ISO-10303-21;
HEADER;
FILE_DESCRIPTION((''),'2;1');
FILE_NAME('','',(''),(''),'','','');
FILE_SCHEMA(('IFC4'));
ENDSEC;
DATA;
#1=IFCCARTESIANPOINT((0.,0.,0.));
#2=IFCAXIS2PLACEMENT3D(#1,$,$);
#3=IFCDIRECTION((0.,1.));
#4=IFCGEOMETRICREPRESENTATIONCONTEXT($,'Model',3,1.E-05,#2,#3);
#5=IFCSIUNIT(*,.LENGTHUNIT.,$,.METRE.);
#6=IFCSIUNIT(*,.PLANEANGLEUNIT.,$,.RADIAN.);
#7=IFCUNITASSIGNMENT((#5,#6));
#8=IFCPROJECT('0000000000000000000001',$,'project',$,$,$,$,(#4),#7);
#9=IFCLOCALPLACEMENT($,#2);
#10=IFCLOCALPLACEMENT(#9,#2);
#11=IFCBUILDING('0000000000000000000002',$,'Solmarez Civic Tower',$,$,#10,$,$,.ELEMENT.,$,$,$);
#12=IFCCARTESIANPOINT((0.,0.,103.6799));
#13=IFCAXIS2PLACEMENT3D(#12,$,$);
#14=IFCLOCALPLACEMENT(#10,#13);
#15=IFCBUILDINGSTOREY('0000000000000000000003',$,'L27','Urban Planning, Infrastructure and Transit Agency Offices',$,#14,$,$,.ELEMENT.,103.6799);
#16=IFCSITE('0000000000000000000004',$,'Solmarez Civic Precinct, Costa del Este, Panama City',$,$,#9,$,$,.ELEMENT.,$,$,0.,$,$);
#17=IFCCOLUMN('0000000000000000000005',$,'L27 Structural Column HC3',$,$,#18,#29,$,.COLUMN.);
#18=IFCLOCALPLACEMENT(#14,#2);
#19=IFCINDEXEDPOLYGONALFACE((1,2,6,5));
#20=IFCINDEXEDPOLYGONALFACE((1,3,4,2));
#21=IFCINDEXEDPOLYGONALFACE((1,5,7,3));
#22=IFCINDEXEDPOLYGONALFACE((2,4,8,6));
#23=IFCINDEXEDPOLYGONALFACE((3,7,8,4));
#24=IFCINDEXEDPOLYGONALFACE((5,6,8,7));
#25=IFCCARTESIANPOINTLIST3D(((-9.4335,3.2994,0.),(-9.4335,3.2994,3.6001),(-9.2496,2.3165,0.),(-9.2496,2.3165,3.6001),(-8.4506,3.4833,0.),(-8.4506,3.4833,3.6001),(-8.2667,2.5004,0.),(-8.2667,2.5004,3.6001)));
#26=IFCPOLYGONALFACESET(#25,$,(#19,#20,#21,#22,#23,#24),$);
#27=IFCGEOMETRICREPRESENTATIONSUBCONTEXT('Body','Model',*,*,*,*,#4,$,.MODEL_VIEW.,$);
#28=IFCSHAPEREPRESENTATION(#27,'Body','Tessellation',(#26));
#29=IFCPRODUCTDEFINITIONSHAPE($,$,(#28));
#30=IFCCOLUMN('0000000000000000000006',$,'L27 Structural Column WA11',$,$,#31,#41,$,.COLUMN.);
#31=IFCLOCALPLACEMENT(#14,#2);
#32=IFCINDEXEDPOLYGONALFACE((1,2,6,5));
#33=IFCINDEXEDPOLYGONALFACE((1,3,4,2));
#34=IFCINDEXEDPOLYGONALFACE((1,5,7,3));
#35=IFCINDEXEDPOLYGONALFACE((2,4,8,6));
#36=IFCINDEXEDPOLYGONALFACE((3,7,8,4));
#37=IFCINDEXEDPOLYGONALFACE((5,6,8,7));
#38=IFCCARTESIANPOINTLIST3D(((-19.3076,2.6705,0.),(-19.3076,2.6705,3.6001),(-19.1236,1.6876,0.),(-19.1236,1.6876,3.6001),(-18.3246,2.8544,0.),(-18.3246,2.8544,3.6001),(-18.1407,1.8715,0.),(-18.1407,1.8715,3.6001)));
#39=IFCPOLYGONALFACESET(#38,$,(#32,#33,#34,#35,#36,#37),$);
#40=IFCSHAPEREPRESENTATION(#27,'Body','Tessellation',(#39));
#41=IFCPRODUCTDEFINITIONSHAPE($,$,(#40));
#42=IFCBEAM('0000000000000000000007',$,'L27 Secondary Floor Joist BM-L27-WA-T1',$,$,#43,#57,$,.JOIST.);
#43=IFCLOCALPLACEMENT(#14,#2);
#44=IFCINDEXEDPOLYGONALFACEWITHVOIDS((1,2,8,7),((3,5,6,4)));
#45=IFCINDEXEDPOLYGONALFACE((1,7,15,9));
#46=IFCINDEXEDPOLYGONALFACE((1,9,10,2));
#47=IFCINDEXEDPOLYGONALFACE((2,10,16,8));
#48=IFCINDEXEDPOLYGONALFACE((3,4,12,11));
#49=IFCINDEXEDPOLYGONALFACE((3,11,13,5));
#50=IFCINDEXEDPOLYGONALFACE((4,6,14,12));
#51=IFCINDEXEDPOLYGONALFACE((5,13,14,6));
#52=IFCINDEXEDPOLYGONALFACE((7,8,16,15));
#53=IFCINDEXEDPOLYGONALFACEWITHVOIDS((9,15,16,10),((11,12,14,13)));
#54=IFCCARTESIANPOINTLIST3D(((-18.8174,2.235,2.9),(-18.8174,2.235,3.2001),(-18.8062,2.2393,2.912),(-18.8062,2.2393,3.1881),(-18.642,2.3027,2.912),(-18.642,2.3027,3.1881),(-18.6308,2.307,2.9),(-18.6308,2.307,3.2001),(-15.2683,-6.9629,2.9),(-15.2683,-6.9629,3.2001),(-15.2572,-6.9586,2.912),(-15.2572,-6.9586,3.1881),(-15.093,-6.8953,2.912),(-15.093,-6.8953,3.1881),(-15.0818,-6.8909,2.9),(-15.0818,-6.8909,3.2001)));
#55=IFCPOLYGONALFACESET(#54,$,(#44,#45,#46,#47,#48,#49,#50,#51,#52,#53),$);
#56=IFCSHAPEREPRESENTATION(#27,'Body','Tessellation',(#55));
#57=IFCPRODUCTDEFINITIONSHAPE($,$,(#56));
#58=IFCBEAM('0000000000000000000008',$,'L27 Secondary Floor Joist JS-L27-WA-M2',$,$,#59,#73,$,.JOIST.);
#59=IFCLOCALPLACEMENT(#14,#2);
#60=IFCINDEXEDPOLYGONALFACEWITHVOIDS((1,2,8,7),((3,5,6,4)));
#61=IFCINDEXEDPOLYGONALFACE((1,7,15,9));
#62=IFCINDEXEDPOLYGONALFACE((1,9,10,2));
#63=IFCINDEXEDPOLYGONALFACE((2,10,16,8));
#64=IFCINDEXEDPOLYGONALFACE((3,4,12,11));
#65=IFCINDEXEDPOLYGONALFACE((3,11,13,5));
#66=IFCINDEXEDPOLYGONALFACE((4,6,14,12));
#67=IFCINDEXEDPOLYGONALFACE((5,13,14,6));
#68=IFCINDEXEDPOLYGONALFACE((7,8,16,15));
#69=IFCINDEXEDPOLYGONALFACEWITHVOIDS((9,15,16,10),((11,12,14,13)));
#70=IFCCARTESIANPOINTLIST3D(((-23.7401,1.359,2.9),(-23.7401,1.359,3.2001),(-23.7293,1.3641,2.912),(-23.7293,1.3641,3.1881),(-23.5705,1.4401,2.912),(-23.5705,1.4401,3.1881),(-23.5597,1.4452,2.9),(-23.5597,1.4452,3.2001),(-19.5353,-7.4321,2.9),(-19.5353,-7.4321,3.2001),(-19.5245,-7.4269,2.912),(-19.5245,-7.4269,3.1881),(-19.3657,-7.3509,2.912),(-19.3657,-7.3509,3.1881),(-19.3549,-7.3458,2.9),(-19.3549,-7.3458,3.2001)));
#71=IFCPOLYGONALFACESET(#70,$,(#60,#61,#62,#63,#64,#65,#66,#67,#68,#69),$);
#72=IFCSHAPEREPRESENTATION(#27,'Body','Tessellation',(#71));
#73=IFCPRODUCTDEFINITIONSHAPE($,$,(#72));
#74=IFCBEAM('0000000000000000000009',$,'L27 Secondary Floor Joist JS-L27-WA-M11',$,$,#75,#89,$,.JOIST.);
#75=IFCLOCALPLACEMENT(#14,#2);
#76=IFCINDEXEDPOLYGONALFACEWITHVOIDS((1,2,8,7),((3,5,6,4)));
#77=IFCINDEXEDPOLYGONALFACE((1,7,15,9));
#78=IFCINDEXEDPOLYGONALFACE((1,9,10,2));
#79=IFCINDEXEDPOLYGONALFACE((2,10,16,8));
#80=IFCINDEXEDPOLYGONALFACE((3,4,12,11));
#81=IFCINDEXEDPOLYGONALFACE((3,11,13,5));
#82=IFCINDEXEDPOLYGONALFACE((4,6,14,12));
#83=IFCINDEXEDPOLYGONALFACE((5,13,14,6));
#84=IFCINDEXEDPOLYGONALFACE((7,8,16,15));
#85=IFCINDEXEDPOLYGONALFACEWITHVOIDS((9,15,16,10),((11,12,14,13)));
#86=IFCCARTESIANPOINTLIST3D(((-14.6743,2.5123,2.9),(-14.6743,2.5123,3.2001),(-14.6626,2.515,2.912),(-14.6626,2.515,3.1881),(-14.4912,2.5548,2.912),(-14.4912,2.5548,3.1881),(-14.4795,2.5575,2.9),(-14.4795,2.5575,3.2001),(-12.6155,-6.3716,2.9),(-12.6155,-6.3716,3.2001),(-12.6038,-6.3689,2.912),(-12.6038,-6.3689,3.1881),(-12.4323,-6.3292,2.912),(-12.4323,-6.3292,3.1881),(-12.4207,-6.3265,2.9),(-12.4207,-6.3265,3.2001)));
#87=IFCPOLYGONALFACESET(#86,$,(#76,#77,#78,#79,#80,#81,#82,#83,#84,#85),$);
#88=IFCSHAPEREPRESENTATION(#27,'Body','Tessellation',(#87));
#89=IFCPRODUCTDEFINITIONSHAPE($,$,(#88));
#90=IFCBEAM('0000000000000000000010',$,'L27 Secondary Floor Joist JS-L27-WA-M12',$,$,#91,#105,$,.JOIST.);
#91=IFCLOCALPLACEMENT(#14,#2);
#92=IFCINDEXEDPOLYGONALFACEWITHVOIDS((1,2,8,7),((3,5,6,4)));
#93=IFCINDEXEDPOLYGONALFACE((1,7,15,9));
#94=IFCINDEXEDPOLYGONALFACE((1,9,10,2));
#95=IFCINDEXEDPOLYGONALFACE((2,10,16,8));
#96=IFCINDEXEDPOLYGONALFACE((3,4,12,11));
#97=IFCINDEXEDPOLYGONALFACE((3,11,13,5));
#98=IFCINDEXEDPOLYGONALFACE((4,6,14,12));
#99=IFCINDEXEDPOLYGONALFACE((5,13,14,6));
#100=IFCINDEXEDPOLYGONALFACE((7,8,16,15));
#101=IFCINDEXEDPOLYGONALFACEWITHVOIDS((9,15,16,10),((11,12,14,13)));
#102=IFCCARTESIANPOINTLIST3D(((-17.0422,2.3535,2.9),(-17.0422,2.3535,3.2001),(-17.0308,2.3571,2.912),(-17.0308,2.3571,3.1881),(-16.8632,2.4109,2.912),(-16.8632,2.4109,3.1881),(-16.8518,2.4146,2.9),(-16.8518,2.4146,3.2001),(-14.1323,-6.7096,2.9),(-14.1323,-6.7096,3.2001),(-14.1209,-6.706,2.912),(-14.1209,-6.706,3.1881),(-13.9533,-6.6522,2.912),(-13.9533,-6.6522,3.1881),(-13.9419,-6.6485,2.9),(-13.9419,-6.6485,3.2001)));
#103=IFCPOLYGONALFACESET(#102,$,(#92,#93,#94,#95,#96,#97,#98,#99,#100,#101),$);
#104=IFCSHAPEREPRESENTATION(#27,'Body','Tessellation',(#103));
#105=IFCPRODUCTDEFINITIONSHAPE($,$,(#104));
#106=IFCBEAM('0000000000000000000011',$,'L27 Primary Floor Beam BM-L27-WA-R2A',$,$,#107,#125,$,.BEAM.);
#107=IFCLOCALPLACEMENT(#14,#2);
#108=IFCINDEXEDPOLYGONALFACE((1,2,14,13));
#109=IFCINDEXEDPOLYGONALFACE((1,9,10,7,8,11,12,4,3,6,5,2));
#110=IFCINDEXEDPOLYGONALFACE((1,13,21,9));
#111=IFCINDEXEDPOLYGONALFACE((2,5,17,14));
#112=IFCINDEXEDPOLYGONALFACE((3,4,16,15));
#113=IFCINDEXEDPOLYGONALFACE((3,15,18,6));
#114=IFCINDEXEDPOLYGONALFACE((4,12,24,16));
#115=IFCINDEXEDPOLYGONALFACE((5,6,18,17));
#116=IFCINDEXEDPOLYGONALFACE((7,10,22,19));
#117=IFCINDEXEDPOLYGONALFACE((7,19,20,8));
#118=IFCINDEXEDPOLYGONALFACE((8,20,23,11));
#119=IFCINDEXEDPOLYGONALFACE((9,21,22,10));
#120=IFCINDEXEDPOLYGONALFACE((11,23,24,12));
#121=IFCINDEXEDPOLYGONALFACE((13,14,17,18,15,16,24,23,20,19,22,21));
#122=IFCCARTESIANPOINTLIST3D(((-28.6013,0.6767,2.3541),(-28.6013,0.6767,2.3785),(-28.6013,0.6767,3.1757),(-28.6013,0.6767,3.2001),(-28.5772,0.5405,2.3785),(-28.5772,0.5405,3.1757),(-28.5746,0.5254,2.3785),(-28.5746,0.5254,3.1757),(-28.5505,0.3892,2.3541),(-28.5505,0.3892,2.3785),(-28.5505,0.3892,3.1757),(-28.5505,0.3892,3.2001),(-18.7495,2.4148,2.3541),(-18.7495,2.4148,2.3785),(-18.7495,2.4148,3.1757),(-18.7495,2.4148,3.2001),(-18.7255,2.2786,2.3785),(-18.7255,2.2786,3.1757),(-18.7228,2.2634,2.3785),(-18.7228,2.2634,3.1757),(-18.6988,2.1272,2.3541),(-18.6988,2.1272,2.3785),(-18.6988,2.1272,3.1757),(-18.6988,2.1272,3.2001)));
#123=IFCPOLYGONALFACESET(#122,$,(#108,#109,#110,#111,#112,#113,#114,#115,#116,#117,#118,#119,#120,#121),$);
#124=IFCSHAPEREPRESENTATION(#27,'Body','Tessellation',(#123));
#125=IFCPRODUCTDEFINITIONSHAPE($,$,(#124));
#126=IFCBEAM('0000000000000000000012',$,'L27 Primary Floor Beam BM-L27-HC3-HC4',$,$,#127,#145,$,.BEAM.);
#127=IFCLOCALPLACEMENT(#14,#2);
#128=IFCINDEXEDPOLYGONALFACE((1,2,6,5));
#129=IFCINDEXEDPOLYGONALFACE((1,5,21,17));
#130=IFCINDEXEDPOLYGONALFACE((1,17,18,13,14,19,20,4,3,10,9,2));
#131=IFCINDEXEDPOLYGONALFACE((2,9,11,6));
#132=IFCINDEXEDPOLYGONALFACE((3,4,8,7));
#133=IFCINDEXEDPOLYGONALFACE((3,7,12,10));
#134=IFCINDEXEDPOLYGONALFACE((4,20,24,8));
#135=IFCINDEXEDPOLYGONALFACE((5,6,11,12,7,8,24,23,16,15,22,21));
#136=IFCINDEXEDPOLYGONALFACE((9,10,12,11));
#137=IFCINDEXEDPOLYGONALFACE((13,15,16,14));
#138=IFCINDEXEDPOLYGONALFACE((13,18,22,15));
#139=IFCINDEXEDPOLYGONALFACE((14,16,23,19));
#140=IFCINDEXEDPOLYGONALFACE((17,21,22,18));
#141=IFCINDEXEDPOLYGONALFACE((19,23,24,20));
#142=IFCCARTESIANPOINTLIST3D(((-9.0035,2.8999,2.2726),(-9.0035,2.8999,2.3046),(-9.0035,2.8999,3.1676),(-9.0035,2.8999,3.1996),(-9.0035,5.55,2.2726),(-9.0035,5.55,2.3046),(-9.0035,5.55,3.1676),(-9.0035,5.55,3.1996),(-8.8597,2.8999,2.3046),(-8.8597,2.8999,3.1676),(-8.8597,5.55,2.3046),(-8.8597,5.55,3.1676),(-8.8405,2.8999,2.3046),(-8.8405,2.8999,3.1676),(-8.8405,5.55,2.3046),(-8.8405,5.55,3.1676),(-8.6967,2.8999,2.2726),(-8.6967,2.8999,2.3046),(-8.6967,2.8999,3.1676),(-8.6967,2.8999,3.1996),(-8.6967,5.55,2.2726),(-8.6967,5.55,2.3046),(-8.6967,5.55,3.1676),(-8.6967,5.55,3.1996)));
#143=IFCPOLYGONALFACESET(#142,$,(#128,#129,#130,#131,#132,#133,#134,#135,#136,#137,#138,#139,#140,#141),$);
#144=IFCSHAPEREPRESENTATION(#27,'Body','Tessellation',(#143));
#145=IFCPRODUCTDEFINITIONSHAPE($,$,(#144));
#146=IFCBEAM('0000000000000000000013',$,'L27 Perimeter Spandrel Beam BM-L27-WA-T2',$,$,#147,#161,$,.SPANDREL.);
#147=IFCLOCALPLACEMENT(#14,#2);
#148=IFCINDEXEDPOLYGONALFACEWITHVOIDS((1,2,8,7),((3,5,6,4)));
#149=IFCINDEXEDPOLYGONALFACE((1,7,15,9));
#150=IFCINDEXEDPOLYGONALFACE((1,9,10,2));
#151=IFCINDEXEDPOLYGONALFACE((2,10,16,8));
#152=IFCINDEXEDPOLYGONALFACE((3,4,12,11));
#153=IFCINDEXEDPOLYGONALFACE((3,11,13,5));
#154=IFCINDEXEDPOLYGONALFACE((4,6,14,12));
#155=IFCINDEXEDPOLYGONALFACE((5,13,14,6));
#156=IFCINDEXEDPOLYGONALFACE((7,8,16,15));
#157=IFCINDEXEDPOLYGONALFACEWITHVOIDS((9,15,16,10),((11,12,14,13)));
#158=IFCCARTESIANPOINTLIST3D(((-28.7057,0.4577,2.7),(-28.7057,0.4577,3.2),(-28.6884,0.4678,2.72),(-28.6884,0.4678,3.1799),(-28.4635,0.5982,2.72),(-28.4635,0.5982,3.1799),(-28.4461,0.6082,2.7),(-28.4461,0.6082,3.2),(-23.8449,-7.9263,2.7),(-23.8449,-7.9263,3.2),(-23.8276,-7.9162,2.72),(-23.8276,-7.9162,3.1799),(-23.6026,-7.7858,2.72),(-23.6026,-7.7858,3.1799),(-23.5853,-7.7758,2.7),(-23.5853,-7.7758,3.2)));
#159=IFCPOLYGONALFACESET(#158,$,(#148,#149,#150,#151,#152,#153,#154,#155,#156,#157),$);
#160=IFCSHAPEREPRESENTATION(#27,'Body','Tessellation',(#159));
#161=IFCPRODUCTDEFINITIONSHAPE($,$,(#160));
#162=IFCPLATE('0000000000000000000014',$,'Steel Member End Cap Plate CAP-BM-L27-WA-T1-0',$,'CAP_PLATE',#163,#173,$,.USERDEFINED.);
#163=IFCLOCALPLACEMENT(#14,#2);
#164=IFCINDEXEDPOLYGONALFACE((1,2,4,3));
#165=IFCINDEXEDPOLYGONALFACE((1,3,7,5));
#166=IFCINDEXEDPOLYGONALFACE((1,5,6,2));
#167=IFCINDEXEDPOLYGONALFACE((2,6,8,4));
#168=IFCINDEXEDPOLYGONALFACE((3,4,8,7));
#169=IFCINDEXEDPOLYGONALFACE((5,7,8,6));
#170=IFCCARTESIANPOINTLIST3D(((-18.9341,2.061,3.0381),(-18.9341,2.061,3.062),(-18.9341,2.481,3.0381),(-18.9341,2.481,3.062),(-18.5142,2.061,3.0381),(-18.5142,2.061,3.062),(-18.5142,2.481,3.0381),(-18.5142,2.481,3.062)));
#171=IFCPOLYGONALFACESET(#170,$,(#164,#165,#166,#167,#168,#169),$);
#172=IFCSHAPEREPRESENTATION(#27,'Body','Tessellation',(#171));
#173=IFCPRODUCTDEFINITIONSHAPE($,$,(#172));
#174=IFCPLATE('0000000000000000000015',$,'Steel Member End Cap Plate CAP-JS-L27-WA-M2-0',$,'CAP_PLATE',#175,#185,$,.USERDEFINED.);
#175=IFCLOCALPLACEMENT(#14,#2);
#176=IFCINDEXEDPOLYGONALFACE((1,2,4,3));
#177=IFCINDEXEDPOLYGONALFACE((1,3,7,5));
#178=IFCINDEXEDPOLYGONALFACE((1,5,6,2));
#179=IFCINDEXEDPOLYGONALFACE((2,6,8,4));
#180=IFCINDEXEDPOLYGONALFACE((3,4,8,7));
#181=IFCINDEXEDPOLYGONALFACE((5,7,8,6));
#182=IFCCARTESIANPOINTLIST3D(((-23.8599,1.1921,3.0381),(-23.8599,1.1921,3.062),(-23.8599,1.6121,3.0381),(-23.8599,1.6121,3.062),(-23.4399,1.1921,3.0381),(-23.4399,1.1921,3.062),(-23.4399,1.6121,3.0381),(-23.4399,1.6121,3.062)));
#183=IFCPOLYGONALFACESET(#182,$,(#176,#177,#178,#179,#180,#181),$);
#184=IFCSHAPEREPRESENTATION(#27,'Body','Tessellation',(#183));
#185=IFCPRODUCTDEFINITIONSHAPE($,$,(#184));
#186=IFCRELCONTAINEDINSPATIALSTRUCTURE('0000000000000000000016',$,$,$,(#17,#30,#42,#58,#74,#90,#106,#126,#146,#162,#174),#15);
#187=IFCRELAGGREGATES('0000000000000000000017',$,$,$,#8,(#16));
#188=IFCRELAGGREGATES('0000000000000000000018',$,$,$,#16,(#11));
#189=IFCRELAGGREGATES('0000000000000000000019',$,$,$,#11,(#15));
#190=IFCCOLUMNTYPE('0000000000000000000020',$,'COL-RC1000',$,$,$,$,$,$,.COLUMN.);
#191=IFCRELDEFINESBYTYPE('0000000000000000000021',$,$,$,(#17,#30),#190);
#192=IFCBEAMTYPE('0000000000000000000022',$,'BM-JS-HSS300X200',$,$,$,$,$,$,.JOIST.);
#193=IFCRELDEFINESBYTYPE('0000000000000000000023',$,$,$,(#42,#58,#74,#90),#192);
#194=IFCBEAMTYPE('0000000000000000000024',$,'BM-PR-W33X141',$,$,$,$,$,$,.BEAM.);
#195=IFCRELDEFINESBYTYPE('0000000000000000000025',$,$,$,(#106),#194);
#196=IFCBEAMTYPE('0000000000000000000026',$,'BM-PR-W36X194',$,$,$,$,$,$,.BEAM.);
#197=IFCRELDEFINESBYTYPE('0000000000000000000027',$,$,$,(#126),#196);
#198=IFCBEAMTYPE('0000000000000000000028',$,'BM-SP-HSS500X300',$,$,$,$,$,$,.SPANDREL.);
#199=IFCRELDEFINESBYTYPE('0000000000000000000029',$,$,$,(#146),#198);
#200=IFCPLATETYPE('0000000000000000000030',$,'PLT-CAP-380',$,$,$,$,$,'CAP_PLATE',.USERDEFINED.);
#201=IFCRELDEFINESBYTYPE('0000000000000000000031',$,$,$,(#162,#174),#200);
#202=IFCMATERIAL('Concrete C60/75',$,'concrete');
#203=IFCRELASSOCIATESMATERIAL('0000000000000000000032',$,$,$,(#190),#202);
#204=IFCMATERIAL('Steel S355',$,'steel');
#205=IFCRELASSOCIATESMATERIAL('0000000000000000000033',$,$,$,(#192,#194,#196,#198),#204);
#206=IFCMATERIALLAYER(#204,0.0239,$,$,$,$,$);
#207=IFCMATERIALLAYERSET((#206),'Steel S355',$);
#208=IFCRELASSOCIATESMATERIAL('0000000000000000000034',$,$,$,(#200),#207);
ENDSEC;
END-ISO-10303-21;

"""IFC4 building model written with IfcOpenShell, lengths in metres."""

from ifc_helpers import new_model, si_unit, direction, frame, origin, origin_2d, place, context, subcontext, project, spatial, rectangle, hollow_rectangle, i_section, extrude, material, layer, layer_set, material_profile, profile_set, type_object, element, save


model = new_model("IFC4")

# Units and contexts
model_context = context("Model", 3, precision=1e-05, world=origin(), true_north=direction((0.0, 1.0)))
body_context = subcontext(model_context, "Body", "Model", "MODEL_VIEW")
ifc_project = project(units=[si_unit("LENGTHUNIT", "METRE"), si_unit("PLANEANGLEUNIT", "RADIAN")], contexts=[model_context])

# Site, building, storey
site_placement = place(None, origin())
site = spatial("IfcSite", under=ifc_project, at=site_placement, Name="Solmarez Civic Precinct, Costa del Este, Panama City", CompositionType="ELEMENT", RefElevation=0.0)
building_placement = place(site_placement, origin())
building = spatial("IfcBuilding", under=site, at=building_placement, Name="Solmarez Civic Tower", CompositionType="ELEMENT")
storey_placement = place(building_placement, frame((0.0, 0.0, 103.6799)))
storey = spatial("IfcBuildingStorey", under=building, at=storey_placement, Name="L27", Description="Urban Planning, Infrastructure and Transit Agency Offices", CompositionType="ELEMENT", Elevation=103.6799)

# Columns
ifc_material_1 = material(Name="Concrete C60/75", Category="concrete")
ifc_material_profile_1 = material_profile(ifc_material_1, rectangle(XDim=1.0, YDim=1.0, at=origin_2d()), Name="RC1000X1000")
ifc_profile_set_1 = profile_set([ifc_material_profile_1], Name="Concrete C60/75")
column_type = type_object("IfcColumnType", Name="COL-RC1000", PredefinedType="COLUMN", material=ifc_profile_set_1)
for number, where, z_axis, x_axis, name in (
    (1, (-8.8501, 2.8999, 0.0), (0.0, 0.0, 1.0), (0.982935, 0.183951, 0.0), "L27 Structural Column HC3"),
    (2, (-18.7241, 2.271, 0.0), (0.0, 0.0, 1.0), (0.982935, 0.183951, 0.0), "L27 Structural Column WA11"),
):
    element("IfcColumn", number, at=place(storey_placement, frame(where, z_axis=z_axis, x_axis=x_axis)), inside=storey, type_object=column_type, Name=name, PredefinedType="COLUMN", context=body_context, shape_type="SweptSolid", body=[
        extrude(rectangle(XDim=1.0, YDim=1.0, at=origin_2d()), origin(), (0.0, 0.0, 1.0), 3.6001),
    ])

# Beams
ifc_material_2 = material(Name="Steel S355", Category="steel")
ifc_material_profile_2 = material_profile(ifc_material_2, hollow_rectangle(XDim=0.2, YDim=0.3, WallThickness=0.012, at=origin_2d()), Name="HSS300X200X12")
ifc_profile_set_2 = profile_set([ifc_material_profile_2], Name="Steel S355")
beam_type_1 = type_object("IfcBeamType", Name="BM-JS-HSS300X200", PredefinedType="JOIST", material=ifc_profile_set_2)
beam_1_placement = place(storey_placement, frame((-18.7241, 2.271, 3.05), z_axis=(0.359984, -0.932958, 0.0), x_axis=(0.932958, 0.359984, 0.0)))
element("IfcBeam", 3, at=beam_1_placement, inside=storey, type_object=beam_type_1, Name="L27 Secondary Floor Joist BM-L27-WA-T1", PredefinedType="JOIST", context=body_context, shape_type="SweptSolid", body=[
    extrude(hollow_rectangle(XDim=0.2, YDim=0.3, WallThickness=0.012, at=origin_2d()), origin(), (0.0, 0.0, 1.0), 9.8589),
])
beam_2_placement = place(storey_placement, frame((-23.6499, 1.4021, 3.05), z_axis=(0.431492, -0.902117, 0.0), x_axis=(0.902117, 0.431492, 0.0)))
element("IfcBeam", 4, at=beam_2_placement, inside=storey, type_object=beam_type_1, Name="L27 Secondary Floor Joist JS-L27-WA-M2", PredefinedType="JOIST", context=body_context, shape_type="SweptSolid", body=[
    extrude(hollow_rectangle(XDim=0.2, YDim=0.3, WallThickness=0.012, at=origin_2d()), origin(), (0.0, 0.0, 1.0), 9.7449),
])
beam_3_placement = place(storey_placement, frame((-14.5769, 2.5349, 3.05), z_axis=(0.225763, -0.974182, 0.0), x_axis=(0.974182, 0.225763, 0.0)))
element("IfcBeam", 5, at=beam_3_placement, inside=storey, type_object=beam_type_1, Name="L27 Secondary Floor Joist JS-L27-WA-M11", PredefinedType="JOIST", context=body_context, shape_type="SweptSolid", body=[
    extrude(hollow_rectangle(XDim=0.2, YDim=0.3, WallThickness=0.012, at=origin_2d()), origin(), (0.0, 0.0, 1.0), 9.1194),
])
beam_4_placement = place(storey_placement, frame((-16.947, 2.384, 3.05), z_axis=(0.305705, -0.952126, 0.0), x_axis=(0.952126, 0.305705, 0.0)))
element("IfcBeam", 6, at=beam_4_placement, inside=storey, type_object=beam_type_1, Name="L27 Secondary Floor Joist JS-L27-WA-M12", PredefinedType="JOIST", context=body_context, shape_type="SweptSolid", body=[
    extrude(hollow_rectangle(XDim=0.2, YDim=0.3, WallThickness=0.012, at=origin_2d()), origin(), (0.0, 0.0, 1.0), 9.5188),
])
ifc_material_profile_3 = material_profile(ifc_material_2, i_section(OverallWidth=0.292, OverallDepth=0.8459, WebThickness=0.0154, FlangeThickness=0.0244, at=origin_2d()), Name="W33X141")
ifc_profile_set_3 = profile_set([ifc_material_profile_3], Name="Steel S355")
beam_type_2 = type_object("IfcBeamType", Name="BM-PR-W33X141", PredefinedType="BEAM", material=ifc_profile_set_3)
beam_5_placement = place(storey_placement, frame((-18.7241, 2.271, 2.7771), z_axis=(-0.984792, -0.173735, 0.0), x_axis=(0.173735, -0.984792, 0.0)))
element("IfcBeam", 7, at=beam_5_placement, inside=storey, type_object=beam_type_2, Name="L27 Primary Floor Beam BM-L27-WA-R2A", PredefinedType="BEAM", context=body_context, shape_type="SweptSolid", body=[
    extrude(i_section(OverallWidth=0.292, OverallDepth=0.8459, WebThickness=0.0154, FlangeThickness=0.0244, at=origin_2d()), origin(), (0.0, 0.0, 1.0), 10.0039),
])
ifc_material_profile_4 = material_profile(ifc_material_2, i_section(OverallWidth=0.3069, OverallDepth=0.927, WebThickness=0.0193, FlangeThickness=0.032, at=origin_2d()), Name="W36X194")
ifc_profile_set_4 = profile_set([ifc_material_profile_4], Name="Steel S355")
beam_type_3 = type_object("IfcBeamType", Name="BM-PR-W36X194", PredefinedType="BEAM", material=ifc_profile_set_4)
beam_6_placement = place(storey_placement, frame((-8.8501, 2.8999, 2.7361), z_axis=(0.0, 1.0, 0.0), x_axis=(-1.0, 0.0, 0.0)))
element("IfcBeam", 8, at=beam_6_placement, inside=storey, type_object=beam_type_3, Name="L27 Primary Floor Beam BM-L27-HC3-HC4", PredefinedType="BEAM", context=body_context, shape_type="SweptSolid", body=[
    extrude(i_section(OverallWidth=0.3069, OverallDepth=0.927, WebThickness=0.0193, FlangeThickness=0.032, at=origin_2d()), origin(), (0.0, 0.0, 1.0), 2.6501),
])
ifc_material_profile_5 = material_profile(ifc_material_2, hollow_rectangle(XDim=0.3, YDim=0.5, WallThickness=0.02, at=origin_2d()), Name="HSS500X300X20")
ifc_profile_set_5 = profile_set([ifc_material_profile_5], Name="Steel S355")
beam_type_4 = type_object("IfcBeamType", Name="BM-SP-HSS500X300", PredefinedType="SPANDREL", material=ifc_profile_set_5)
beam_7_placement = place(storey_placement, frame((-28.5759, 0.533, 2.95), z_axis=(0.501571, -0.865116, 0.0), x_axis=(0.865116, 0.501571, 0.0)))
element("IfcBeam", 9, at=beam_7_placement, inside=storey, type_object=beam_type_4, Name="L27 Perimeter Spandrel Beam BM-L27-WA-T2", PredefinedType="SPANDREL", context=body_context, shape_type="SweptSolid", body=[
    extrude(hollow_rectangle(XDim=0.3, YDim=0.5, WallThickness=0.02, at=origin_2d()), origin(), (0.0, 0.0, 1.0), 9.6912),
])

# Plates
ifc_layer_1 = layer(ifc_material_2, 0.0239)
ifc_layer_set_1 = layer_set([ifc_layer_1], Name="Steel S355")
plate_type_1 = type_object("IfcPlateType", Name="PLT-CAP-380", ElementType="CAP_PLATE", PredefinedType="USERDEFINED", material=ifc_layer_set_1)
for number, where, z_axis, x_axis, name in (
    (10, (-18.7241, 2.271, 3.0381), (0.0, 0.0, 1.0), (1.0, 0.0, 0.0), "Steel Member End Cap Plate CAP-BM-L27-WA-T1-0"),
    (11, (-23.6499, 1.4021, 3.0381), (0.0, 0.0, 1.0), (1.0, 0.0, 0.0), "Steel Member End Cap Plate CAP-JS-L27-WA-M2-0"),
):
    element("IfcPlate", number, at=place(storey_placement, frame(where, z_axis=z_axis, x_axis=x_axis)), inside=storey, type_object=plate_type_1, Name=name, ObjectType="CAP_PLATE", PredefinedType="USERDEFINED", context=body_context, shape_type="SweptSolid", body=[
        extrude(rectangle(XDim=0.4199, YDim=0.4199, at=origin_2d()), origin(), (0.0, 0.0, 1.0), 0.0239),
    ])

save(model, "model.ifc")
